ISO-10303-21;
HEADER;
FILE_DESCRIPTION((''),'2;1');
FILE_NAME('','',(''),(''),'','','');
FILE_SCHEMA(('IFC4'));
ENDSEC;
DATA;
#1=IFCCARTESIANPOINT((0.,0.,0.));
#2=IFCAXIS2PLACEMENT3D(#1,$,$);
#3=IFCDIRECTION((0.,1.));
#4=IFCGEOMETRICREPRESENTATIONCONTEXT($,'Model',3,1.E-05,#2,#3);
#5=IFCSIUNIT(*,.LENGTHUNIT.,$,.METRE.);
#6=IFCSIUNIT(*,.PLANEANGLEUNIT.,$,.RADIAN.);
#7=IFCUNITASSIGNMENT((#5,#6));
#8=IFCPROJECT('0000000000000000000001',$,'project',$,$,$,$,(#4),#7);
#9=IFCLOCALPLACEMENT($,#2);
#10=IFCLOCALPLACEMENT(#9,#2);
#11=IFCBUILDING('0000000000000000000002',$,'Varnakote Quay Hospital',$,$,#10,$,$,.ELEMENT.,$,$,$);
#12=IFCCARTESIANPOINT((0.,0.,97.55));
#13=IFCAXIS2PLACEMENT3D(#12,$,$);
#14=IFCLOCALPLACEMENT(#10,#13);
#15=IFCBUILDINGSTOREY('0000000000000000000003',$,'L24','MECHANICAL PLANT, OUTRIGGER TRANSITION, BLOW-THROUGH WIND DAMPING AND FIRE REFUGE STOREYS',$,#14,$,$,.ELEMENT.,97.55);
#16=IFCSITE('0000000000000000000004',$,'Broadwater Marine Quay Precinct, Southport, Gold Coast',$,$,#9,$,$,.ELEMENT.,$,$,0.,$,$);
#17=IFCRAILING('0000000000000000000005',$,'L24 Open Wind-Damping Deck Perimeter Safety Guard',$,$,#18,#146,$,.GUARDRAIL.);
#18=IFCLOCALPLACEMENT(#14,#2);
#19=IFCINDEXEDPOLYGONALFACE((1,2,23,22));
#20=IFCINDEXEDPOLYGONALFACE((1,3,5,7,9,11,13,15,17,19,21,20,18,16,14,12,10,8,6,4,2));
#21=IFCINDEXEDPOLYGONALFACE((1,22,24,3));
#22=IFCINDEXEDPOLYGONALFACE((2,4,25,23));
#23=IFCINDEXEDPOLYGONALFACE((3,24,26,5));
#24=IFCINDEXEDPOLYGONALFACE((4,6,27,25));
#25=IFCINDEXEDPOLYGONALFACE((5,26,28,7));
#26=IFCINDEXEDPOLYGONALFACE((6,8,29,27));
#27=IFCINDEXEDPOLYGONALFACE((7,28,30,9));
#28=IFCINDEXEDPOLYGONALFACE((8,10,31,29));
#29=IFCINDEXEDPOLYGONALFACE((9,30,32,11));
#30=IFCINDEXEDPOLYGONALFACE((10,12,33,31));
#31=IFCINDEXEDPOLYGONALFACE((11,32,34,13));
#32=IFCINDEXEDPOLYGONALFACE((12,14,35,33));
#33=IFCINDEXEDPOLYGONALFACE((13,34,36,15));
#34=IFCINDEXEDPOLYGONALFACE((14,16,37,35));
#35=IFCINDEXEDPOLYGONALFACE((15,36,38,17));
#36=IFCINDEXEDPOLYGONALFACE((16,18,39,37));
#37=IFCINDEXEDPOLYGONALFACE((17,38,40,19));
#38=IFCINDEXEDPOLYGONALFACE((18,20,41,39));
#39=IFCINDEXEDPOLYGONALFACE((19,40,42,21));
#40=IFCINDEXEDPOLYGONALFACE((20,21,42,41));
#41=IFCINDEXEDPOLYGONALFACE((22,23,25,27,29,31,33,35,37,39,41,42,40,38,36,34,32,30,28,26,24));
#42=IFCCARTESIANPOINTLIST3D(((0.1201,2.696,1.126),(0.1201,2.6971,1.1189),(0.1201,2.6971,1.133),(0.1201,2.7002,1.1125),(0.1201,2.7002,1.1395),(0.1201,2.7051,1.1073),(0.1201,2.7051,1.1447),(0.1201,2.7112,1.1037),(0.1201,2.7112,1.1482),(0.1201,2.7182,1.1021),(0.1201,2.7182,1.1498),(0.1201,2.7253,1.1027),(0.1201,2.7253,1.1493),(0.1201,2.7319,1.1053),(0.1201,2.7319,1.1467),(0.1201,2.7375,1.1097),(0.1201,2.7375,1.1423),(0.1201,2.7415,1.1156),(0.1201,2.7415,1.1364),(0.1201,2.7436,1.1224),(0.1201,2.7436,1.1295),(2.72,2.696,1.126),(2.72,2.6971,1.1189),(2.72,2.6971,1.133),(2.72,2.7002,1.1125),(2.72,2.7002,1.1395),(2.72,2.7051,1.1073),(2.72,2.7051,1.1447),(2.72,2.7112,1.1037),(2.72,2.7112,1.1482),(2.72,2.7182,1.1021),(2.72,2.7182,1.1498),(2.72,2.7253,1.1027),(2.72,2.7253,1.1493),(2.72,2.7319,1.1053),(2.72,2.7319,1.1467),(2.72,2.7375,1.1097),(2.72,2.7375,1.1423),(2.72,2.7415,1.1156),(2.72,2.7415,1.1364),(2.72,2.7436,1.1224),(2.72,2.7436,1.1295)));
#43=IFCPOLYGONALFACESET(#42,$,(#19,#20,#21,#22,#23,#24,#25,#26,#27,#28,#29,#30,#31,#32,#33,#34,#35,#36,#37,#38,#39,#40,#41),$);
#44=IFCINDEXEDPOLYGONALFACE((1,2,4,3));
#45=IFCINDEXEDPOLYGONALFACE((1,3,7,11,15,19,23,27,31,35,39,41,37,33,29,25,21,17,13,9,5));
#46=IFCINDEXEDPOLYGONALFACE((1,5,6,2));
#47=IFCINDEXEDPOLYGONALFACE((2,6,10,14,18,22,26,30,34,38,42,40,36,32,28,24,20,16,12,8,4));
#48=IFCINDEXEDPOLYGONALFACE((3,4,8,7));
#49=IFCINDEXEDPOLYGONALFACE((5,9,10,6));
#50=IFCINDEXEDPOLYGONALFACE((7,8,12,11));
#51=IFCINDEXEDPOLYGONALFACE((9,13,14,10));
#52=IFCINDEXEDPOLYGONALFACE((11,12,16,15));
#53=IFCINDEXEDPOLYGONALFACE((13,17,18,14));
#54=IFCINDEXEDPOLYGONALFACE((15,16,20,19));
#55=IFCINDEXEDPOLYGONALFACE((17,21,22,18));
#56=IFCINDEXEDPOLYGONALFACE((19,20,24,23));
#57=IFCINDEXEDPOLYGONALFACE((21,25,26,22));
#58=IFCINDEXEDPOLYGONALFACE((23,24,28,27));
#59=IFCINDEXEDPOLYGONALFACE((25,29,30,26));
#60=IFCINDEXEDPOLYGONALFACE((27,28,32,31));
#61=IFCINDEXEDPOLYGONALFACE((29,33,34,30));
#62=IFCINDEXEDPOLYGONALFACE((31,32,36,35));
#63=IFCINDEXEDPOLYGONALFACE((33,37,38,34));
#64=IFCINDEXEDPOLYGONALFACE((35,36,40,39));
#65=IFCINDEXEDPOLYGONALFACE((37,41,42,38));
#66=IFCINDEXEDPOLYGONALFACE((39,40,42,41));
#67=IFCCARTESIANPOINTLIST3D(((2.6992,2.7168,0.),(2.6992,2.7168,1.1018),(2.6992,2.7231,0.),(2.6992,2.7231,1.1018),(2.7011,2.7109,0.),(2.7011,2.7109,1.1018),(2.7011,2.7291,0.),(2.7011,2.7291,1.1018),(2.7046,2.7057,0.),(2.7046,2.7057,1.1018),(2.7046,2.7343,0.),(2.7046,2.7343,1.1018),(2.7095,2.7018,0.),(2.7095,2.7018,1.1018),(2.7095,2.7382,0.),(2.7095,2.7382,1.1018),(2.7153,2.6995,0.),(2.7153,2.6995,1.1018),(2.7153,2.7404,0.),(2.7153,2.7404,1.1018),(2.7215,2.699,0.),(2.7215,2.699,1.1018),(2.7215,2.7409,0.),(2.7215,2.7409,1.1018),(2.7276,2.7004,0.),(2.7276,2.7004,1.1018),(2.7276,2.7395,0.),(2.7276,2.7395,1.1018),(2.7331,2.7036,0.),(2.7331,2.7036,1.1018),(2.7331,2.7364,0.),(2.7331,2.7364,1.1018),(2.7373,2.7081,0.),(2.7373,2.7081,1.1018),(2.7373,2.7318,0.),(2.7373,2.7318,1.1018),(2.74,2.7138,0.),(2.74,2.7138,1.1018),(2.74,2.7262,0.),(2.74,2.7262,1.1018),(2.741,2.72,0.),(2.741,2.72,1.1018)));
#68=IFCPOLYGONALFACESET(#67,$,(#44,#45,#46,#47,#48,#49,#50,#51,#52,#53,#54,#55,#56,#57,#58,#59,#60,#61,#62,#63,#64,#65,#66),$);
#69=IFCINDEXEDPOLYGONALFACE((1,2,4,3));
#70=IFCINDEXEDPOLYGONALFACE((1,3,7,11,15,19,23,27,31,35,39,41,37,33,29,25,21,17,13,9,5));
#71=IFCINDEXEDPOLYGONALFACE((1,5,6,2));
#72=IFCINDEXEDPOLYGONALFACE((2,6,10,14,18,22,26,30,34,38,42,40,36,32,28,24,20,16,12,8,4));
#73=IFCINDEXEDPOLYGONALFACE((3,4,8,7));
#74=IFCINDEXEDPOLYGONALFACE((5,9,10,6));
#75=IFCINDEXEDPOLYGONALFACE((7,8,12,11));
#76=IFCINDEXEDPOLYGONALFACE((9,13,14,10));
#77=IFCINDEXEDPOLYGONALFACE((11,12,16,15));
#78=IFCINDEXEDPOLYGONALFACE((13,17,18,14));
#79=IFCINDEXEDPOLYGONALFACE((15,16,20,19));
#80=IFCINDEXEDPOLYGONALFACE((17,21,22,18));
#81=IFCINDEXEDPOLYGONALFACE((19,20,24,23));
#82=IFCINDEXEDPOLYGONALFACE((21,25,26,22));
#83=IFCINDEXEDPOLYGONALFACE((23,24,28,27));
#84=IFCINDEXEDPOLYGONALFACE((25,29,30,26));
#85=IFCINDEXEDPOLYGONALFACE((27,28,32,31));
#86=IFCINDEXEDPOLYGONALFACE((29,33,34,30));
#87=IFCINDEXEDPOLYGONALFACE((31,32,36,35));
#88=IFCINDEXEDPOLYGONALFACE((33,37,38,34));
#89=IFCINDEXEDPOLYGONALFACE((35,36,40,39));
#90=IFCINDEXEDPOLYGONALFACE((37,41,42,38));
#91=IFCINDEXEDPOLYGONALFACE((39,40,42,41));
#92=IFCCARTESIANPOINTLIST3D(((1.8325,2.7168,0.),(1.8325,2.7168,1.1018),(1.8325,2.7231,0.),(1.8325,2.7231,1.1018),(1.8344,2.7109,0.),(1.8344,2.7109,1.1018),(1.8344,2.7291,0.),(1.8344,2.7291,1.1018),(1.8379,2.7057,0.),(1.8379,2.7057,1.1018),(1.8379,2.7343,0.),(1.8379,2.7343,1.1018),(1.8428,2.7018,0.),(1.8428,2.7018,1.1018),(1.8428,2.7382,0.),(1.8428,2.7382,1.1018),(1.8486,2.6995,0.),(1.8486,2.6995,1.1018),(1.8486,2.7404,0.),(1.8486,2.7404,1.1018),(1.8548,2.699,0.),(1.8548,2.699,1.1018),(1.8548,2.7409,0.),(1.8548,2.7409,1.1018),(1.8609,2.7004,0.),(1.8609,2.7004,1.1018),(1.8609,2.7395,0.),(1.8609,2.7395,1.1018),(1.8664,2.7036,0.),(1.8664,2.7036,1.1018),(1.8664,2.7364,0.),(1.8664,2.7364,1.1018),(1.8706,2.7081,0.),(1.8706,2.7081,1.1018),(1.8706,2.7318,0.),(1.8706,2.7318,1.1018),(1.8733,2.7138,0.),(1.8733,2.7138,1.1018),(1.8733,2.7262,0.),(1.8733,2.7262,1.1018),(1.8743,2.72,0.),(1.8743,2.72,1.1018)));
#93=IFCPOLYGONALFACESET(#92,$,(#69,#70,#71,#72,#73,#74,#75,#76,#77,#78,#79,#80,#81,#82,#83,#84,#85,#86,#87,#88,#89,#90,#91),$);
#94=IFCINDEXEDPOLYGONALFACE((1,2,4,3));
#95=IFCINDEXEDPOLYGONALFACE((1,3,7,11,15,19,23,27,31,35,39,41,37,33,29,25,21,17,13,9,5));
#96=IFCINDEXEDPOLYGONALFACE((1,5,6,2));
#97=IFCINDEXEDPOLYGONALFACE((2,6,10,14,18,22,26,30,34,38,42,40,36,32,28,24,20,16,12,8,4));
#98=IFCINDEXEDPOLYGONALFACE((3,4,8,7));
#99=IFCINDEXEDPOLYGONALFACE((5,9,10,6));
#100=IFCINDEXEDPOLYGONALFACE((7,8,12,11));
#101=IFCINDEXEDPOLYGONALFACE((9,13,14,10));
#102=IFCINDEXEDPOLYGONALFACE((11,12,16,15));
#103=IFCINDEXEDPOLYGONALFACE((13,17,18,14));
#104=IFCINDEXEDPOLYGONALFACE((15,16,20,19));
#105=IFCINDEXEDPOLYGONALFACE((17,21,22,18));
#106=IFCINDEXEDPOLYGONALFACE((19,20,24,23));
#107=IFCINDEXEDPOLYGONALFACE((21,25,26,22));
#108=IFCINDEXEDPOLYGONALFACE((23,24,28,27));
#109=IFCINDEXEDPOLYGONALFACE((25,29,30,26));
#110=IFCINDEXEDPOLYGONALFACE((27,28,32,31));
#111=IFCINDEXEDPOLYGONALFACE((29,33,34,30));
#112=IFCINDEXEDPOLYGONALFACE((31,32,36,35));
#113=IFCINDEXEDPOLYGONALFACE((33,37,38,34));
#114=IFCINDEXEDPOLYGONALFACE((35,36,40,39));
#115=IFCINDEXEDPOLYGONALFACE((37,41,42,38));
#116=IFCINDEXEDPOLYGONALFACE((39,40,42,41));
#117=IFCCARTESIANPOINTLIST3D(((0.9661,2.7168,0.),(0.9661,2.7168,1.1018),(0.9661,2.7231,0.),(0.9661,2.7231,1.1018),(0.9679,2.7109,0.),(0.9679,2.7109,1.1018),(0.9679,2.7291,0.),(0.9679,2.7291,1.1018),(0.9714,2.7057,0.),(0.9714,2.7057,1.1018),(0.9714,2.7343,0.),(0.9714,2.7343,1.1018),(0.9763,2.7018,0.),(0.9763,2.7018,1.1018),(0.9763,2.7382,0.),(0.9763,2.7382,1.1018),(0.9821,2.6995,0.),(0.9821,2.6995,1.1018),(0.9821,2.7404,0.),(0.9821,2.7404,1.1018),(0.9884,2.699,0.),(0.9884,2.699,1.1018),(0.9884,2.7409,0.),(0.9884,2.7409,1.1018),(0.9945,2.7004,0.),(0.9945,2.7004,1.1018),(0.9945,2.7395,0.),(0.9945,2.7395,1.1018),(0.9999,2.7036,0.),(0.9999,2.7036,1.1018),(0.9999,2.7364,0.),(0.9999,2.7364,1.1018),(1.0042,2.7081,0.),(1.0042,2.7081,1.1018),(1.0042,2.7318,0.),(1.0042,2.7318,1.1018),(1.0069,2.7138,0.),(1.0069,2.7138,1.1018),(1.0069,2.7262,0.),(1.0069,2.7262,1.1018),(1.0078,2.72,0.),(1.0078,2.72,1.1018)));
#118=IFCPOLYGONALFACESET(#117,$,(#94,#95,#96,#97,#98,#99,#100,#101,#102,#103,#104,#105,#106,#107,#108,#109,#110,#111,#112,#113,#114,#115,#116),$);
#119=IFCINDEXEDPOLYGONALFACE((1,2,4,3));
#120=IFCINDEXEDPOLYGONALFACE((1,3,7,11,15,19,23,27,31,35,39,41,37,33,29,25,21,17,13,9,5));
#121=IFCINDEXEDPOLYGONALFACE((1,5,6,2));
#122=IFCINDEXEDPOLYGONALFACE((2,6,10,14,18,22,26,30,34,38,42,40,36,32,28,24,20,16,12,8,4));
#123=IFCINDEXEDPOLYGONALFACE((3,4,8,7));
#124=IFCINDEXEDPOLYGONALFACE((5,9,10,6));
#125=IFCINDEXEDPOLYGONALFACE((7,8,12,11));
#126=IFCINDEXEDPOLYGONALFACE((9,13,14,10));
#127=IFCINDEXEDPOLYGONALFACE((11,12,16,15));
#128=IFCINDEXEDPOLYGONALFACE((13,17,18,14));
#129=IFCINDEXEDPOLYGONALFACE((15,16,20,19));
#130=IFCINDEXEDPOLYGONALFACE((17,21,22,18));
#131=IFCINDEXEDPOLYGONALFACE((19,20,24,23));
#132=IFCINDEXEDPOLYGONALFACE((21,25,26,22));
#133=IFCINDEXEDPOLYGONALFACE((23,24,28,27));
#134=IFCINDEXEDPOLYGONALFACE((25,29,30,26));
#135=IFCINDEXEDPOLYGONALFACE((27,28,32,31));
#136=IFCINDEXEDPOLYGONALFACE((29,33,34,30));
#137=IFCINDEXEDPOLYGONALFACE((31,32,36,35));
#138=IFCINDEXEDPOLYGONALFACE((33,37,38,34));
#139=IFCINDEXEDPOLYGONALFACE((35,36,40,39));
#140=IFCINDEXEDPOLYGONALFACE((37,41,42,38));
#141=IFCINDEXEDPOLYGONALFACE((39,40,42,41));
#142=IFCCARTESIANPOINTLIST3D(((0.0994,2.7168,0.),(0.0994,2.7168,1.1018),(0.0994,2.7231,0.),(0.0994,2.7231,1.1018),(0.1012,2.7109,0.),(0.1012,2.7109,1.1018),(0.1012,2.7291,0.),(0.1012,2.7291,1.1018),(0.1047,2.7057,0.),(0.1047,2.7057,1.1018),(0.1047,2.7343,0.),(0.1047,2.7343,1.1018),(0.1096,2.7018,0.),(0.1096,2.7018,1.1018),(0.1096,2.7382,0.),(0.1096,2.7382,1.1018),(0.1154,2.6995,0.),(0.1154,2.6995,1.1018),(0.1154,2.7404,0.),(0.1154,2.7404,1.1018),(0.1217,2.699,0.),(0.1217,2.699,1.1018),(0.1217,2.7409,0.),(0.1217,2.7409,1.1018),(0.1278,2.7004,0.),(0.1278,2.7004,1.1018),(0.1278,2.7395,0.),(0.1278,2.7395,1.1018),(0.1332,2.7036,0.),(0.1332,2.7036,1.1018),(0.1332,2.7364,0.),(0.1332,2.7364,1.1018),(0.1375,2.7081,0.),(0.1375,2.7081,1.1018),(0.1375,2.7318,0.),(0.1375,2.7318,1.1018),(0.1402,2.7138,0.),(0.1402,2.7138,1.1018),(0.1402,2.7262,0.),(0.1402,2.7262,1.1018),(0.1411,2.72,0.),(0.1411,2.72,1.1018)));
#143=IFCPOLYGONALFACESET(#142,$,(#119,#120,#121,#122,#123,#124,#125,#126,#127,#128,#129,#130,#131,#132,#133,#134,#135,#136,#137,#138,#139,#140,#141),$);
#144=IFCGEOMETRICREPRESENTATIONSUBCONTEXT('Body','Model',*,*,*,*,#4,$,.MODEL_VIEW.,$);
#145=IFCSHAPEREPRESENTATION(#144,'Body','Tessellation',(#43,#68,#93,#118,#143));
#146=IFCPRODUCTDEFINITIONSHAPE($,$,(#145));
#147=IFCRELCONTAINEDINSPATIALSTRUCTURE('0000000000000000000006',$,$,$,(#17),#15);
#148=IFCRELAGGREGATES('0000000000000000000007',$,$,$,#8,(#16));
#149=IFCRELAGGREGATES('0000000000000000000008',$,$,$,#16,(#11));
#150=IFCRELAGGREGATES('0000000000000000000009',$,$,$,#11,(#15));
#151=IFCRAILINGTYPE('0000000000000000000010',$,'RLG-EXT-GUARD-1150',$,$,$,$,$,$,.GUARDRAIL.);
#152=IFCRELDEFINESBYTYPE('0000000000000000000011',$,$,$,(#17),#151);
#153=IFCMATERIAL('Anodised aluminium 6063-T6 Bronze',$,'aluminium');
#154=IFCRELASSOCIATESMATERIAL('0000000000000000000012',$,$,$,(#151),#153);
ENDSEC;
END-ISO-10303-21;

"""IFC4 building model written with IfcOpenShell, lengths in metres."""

from ifc_helpers import new_model, si_unit, direction, frame, origin, origin_2d, place, context, subcontext, project, spatial, circle, extrude, material, type_object, element, save


model = new_model("IFC4")

# Units and contexts
model_context = context("Model", 3, precision=1e-05, world=origin(), true_north=direction((0.0, 1.0)))
body_context = subcontext(model_context, "Body", "Model", "MODEL_VIEW")
ifc_project = project(units=[si_unit("LENGTHUNIT", "METRE"), si_unit("PLANEANGLEUNIT", "RADIAN")], contexts=[model_context])

# Site, building, storey
site_placement = place(None, origin())
site = spatial("IfcSite", under=ifc_project, at=site_placement, Name="Broadwater Marine Quay Precinct, Southport, Gold Coast", CompositionType="ELEMENT", RefElevation=0.0)
building_placement = place(site_placement, origin())
building = spatial("IfcBuilding", under=site, at=building_placement, Name="Varnakote Quay Hospital", CompositionType="ELEMENT")
storey_placement = place(building_placement, frame((0.0, 0.0, 97.55)))
storey = spatial("IfcBuildingStorey", under=building, at=storey_placement, Name="L24", Description="MECHANICAL PLANT, OUTRIGGER TRANSITION, BLOW-THROUGH WIND DAMPING AND FIRE REFUGE STOREYS", CompositionType="ELEMENT", Elevation=97.55)

# Railing
ifc_material_1 = material(Name="Anodised aluminium 6063-T6 Bronze", Category="aluminium")
railing_type_1 = type_object("IfcRailingType", Name="RLG-EXT-GUARD-1150", PredefinedType="GUARDRAIL", material=ifc_material_1)
railing_1_placement = place(storey_placement, frame((2.72, 2.72, 0.0)))
element("IfcRailing", 1, at=railing_1_placement, inside=storey, type_object=railing_type_1, Name="L24 Open Wind-Damping Deck Perimeter Safety Guard", PredefinedType="GUARDRAIL", context=body_context, shape_type="SweptSolid", body=[
    extrude(circle(Radius=0.0239, at=origin_2d()), frame((0.0, 0.0, 1.126), z_axis=(-1.0, 0.0, 0.0), x_axis=(0.0, -1.0, 0.0)), (0.0, 0.0, 1.0), 2.5999),
    extrude(circle(Radius=0.021, at=origin_2d()), origin(), (0.0, 0.0, 1.0), 1.1018),
    extrude(circle(Radius=0.021, at=origin_2d()), frame((-0.8667, 0.0, 0.0)), (0.0, 0.0, 1.0), 1.1018),
    extrude(circle(Radius=0.021, at=origin_2d()), frame((-1.7332, 0.0, 0.0)), (0.0, 0.0, 1.0), 1.1018),
    extrude(circle(Radius=0.021, at=origin_2d()), frame((-2.5999, 0.0, 0.0)), (0.0, 0.0, 1.0), 1.1018),
])

save(model, "model.ifc")
